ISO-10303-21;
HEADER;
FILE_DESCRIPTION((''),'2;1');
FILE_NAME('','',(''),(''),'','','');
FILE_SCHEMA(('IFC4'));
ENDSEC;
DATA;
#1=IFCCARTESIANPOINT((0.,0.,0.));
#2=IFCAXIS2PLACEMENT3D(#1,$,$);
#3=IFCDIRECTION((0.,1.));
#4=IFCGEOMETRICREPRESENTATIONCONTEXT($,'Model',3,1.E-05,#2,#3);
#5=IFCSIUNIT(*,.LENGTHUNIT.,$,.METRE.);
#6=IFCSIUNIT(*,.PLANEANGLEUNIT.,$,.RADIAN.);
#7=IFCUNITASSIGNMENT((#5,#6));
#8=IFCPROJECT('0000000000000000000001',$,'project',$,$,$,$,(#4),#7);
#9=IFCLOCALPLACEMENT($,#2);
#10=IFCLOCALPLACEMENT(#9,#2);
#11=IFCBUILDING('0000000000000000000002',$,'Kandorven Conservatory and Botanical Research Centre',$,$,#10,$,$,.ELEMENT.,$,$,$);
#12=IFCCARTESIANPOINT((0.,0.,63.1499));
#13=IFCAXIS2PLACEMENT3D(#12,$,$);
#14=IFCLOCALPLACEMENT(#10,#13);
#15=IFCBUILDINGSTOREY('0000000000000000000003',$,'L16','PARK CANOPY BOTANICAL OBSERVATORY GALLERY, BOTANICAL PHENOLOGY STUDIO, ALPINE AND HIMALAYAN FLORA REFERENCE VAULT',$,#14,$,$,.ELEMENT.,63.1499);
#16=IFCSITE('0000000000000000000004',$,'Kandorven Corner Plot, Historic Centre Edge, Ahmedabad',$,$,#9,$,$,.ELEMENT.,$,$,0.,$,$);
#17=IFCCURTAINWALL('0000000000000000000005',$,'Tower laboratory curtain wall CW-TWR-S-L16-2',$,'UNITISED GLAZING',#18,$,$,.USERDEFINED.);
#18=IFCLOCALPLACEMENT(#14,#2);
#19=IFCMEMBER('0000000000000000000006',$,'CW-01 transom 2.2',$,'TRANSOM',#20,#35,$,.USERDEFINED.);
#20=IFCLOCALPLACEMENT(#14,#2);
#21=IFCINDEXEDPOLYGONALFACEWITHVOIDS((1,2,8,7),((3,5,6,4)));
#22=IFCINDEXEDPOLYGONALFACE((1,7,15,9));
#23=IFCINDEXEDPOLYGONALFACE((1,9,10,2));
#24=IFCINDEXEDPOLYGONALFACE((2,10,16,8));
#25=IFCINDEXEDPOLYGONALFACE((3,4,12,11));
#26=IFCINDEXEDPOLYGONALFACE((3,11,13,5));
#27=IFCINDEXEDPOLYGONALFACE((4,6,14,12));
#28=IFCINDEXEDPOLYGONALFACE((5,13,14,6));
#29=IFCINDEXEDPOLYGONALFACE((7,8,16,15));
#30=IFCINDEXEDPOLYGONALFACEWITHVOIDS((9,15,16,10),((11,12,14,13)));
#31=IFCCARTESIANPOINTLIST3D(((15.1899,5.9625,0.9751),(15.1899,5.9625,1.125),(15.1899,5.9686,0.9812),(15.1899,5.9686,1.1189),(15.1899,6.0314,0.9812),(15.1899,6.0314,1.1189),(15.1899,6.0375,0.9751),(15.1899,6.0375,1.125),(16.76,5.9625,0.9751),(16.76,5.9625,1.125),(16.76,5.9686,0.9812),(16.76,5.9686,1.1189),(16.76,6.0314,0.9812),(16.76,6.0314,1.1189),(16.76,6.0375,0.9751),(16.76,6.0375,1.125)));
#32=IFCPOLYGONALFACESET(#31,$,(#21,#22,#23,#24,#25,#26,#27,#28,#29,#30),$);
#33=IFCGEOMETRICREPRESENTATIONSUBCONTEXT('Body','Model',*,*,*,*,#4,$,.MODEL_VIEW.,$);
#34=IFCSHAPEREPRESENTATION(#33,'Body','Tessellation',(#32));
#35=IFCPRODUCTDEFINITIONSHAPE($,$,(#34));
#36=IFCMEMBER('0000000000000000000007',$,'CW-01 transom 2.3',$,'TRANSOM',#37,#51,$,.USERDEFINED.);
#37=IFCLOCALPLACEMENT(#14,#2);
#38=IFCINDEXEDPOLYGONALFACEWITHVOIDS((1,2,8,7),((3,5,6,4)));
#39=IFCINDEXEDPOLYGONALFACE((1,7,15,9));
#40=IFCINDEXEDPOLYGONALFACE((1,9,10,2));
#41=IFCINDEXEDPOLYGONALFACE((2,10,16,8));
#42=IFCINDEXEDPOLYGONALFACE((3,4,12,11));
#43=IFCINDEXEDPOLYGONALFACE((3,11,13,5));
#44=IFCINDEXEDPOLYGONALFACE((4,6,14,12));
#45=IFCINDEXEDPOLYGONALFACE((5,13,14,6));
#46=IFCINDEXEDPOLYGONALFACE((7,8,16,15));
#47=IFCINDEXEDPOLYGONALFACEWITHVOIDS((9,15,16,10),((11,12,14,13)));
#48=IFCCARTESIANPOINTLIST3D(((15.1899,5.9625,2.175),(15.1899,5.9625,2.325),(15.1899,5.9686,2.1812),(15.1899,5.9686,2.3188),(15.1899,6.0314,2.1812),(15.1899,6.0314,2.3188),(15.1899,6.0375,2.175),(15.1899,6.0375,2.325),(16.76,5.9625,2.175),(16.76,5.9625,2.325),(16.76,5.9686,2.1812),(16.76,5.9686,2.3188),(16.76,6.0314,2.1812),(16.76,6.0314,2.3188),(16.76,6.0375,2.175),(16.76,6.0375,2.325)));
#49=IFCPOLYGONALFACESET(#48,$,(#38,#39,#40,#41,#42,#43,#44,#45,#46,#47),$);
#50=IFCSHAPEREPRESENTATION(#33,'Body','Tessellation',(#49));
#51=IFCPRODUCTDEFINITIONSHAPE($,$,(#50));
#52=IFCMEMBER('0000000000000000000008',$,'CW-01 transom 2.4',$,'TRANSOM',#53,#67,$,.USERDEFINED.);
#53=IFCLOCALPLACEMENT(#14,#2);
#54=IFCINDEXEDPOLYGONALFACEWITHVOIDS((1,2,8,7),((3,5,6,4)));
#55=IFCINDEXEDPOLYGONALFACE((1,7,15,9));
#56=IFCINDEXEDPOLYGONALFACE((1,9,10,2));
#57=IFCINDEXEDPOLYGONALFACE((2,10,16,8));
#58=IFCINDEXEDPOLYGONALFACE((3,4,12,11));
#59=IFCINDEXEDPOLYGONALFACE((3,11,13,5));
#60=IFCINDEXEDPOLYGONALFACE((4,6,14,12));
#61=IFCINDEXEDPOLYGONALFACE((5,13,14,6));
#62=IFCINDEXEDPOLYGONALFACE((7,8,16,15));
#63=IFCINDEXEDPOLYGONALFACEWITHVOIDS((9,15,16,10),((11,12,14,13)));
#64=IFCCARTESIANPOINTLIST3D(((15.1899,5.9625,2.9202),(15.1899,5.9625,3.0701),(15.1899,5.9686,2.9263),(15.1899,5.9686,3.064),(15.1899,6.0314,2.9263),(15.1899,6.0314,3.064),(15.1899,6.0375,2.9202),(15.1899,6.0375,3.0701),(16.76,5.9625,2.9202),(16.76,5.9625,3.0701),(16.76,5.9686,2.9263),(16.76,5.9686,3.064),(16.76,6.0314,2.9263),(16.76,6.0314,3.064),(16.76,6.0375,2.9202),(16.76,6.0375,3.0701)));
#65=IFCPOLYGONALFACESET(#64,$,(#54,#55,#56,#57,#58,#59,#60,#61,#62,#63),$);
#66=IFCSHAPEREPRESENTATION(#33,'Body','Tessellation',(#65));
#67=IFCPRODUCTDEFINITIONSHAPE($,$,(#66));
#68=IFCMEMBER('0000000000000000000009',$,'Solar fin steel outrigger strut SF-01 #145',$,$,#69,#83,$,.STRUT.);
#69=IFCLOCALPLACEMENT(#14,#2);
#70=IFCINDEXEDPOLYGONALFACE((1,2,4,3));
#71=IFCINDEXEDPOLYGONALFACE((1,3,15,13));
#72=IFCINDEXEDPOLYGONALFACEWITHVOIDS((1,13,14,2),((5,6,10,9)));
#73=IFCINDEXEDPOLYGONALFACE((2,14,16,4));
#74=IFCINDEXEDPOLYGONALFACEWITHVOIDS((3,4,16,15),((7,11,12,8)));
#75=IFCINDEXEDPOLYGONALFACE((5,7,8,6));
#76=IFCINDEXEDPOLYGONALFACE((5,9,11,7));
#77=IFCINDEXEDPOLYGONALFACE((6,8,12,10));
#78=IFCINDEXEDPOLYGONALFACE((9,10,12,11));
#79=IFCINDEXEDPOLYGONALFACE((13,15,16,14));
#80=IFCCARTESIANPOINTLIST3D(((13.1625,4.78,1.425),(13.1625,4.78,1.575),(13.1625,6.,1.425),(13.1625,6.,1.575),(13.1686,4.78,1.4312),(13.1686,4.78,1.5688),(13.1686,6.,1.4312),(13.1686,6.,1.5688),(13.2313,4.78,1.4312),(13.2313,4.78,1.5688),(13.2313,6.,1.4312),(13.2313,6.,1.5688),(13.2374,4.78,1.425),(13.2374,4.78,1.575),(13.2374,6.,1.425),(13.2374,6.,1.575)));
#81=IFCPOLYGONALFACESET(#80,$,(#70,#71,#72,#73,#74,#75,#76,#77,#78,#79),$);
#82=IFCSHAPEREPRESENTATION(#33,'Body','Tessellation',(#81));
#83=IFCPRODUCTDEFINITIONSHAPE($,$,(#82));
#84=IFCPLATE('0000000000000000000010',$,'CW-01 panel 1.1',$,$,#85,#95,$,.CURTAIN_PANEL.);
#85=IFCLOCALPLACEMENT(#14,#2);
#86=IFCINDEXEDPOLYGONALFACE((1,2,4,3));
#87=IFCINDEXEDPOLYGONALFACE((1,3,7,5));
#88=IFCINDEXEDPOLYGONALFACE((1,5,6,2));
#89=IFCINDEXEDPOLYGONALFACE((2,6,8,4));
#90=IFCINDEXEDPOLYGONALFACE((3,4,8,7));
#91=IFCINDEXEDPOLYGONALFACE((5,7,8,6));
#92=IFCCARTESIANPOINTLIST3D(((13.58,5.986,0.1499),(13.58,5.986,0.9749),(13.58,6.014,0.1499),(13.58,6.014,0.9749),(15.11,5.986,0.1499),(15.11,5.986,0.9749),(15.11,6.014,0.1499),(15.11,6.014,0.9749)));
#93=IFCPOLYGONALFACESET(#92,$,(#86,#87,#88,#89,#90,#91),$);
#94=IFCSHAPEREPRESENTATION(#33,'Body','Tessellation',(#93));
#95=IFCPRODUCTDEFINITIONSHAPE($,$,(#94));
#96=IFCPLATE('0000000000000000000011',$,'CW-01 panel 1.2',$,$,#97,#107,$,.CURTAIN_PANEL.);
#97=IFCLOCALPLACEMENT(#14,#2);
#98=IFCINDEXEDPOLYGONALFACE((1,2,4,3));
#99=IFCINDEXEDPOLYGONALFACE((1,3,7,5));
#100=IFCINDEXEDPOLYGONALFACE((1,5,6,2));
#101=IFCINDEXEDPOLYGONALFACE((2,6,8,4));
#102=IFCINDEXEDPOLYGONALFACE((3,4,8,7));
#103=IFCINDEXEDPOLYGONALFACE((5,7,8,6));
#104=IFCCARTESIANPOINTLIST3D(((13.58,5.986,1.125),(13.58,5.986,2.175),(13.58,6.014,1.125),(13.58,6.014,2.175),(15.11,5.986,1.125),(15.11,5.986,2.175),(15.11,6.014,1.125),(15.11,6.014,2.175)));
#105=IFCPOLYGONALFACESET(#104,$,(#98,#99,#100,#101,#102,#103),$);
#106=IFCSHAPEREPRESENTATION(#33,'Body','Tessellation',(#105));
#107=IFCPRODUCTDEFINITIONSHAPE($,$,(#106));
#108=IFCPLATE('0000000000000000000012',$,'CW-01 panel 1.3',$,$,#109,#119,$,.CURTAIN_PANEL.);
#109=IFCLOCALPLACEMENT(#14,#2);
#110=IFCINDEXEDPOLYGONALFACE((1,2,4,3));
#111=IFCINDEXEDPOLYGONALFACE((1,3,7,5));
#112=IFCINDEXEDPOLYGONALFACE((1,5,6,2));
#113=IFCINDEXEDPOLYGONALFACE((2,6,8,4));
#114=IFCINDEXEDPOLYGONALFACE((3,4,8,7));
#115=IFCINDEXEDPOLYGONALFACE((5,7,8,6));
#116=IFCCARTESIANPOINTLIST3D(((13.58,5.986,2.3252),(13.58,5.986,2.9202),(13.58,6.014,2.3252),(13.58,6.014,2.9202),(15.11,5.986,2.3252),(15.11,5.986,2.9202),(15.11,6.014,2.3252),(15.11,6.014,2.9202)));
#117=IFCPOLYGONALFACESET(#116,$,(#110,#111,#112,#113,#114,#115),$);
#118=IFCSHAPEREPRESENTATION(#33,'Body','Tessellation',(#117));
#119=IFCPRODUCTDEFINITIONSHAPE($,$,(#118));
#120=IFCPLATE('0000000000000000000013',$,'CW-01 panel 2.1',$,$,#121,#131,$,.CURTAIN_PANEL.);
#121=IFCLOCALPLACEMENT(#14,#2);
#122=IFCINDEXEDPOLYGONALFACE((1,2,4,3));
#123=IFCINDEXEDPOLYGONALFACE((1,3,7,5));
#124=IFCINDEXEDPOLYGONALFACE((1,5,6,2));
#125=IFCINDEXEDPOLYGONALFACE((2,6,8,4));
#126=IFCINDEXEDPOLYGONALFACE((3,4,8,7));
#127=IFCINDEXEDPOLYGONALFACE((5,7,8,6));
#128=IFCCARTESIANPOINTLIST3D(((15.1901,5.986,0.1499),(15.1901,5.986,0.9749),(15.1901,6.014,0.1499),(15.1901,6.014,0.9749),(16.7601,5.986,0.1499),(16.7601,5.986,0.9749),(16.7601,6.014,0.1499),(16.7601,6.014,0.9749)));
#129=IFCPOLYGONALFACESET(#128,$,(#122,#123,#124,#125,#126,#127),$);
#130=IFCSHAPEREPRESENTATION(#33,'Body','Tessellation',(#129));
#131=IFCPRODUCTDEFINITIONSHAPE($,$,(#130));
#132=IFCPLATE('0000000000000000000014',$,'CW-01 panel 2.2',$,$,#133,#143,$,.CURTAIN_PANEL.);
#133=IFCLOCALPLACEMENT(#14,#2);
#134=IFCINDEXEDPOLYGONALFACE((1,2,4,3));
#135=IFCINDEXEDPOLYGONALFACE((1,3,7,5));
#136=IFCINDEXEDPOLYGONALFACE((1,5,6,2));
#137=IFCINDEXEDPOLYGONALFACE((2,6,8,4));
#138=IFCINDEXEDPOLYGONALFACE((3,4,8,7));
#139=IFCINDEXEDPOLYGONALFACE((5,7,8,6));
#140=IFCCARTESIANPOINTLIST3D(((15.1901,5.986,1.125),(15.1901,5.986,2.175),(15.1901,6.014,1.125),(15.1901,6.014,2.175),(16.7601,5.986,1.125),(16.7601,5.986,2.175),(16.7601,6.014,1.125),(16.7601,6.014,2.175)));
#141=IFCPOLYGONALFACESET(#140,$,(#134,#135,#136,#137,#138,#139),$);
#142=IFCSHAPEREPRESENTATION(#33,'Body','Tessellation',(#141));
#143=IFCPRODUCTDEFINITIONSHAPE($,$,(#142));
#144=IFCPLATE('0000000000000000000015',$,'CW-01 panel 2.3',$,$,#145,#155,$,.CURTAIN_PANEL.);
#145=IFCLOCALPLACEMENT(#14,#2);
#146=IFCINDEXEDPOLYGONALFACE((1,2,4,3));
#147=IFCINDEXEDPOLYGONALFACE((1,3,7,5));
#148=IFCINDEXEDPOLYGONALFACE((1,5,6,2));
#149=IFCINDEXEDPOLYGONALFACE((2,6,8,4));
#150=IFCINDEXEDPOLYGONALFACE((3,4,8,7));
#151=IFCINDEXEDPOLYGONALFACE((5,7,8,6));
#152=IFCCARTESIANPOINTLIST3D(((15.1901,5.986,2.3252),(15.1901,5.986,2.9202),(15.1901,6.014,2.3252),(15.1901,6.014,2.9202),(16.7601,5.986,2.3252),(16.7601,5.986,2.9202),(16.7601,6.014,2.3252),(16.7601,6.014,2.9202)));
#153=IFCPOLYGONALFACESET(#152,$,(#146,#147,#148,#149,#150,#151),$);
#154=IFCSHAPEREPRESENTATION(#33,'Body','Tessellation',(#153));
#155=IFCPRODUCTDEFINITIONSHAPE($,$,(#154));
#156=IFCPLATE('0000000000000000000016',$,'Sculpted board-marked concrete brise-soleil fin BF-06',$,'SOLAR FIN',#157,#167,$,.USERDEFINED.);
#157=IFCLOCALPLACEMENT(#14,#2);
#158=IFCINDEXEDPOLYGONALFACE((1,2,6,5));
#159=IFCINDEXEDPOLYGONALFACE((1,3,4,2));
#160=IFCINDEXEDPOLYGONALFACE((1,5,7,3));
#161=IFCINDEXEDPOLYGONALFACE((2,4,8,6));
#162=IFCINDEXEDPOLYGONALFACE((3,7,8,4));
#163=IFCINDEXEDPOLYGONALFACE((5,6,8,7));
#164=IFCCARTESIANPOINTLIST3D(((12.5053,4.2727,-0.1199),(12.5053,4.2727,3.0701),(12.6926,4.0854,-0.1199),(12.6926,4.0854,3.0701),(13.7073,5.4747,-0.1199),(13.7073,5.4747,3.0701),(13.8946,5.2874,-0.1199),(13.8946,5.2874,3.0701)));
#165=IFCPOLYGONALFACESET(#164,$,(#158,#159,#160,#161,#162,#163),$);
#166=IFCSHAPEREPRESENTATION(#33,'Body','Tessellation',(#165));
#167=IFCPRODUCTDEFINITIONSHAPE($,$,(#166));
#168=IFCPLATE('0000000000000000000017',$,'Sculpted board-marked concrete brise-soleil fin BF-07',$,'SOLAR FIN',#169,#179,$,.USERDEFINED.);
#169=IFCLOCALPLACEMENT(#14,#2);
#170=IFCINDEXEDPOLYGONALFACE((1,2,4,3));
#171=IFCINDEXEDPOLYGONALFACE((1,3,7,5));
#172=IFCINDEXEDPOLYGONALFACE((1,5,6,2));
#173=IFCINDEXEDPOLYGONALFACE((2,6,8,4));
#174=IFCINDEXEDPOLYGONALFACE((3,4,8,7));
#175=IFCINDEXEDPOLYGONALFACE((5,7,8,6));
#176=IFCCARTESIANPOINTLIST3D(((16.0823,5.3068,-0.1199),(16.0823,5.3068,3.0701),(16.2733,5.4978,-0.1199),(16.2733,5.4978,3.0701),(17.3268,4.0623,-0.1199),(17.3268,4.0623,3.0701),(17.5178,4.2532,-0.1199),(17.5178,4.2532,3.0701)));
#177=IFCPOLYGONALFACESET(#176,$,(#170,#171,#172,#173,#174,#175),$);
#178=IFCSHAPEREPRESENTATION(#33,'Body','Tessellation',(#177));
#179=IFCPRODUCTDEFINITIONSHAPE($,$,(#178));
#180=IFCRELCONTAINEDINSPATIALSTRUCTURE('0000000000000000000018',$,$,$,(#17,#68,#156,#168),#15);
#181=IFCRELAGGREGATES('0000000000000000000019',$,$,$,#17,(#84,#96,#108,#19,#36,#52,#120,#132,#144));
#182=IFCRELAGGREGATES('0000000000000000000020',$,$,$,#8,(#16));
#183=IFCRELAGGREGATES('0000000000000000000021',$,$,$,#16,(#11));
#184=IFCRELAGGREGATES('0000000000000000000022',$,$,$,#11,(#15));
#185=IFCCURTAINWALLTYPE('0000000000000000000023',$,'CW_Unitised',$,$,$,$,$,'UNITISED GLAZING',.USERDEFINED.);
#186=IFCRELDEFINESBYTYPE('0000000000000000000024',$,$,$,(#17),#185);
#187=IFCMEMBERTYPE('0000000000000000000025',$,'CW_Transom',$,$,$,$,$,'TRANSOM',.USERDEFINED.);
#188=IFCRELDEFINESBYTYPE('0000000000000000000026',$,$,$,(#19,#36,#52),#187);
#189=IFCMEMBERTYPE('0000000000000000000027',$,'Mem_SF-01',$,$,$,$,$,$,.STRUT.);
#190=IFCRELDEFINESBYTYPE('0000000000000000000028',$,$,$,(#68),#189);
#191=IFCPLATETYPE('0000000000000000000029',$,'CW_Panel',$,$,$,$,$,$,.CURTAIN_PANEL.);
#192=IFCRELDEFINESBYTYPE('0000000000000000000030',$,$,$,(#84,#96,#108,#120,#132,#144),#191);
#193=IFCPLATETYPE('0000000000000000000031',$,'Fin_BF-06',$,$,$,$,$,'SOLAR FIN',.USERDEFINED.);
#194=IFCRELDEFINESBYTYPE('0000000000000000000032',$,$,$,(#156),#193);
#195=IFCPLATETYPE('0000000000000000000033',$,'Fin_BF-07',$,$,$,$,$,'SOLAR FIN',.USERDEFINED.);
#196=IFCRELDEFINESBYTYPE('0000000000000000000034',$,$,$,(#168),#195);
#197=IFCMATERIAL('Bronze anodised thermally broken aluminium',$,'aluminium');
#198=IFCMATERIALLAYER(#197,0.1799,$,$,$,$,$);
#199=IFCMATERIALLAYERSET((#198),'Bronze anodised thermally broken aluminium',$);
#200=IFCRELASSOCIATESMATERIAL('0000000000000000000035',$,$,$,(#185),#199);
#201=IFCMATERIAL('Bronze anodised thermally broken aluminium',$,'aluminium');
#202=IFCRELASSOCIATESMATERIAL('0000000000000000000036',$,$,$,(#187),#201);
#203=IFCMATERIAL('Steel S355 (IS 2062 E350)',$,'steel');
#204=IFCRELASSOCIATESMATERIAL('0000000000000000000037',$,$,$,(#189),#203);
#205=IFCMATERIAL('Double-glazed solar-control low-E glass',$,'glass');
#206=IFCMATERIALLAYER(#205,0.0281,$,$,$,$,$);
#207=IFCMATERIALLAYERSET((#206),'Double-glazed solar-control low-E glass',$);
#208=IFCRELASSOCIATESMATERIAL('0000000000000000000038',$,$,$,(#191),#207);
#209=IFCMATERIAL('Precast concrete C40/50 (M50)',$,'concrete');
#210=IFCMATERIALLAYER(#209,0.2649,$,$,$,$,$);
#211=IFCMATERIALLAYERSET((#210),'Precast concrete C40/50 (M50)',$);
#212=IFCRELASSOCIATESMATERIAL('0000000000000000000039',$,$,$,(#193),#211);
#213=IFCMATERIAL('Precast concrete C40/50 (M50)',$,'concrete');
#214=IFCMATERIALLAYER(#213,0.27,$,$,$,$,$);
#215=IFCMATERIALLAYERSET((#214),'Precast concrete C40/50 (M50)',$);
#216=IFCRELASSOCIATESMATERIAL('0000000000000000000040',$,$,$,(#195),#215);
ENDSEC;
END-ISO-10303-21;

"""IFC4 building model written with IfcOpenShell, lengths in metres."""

from ifc_helpers import new_model, si_unit, direction, frame, origin, origin_2d, place, context, subcontext, project, spatial, rectangle, hollow_rectangle, extrude, material, layer, layer_set, material_profile, profile_set, type_object, element, aggregate, save


model = new_model("IFC4")

# Units and contexts
model_context = context("Model", 3, precision=1e-05, world=origin(), true_north=direction((0.0, 1.0)))
body_context = subcontext(model_context, "Body", "Model", "MODEL_VIEW")
ifc_project = project(units=[si_unit("LENGTHUNIT", "METRE"), si_unit("PLANEANGLEUNIT", "RADIAN")], contexts=[model_context])

# Site, building, storey
site_placement = place(None, origin())
site = spatial("IfcSite", under=ifc_project, at=site_placement, Name="Kandorven Corner Plot, Historic Centre Edge, Ahmedabad", CompositionType="ELEMENT", RefElevation=0.0)
building_placement = place(site_placement, origin())
building = spatial("IfcBuilding", under=site, at=building_placement, Name="Kandorven Conservatory and Botanical Research Centre", CompositionType="ELEMENT")
storey_placement = place(building_placement, frame((0.0, 0.0, 63.1499)))
storey = spatial("IfcBuildingStorey", under=building, at=storey_placement, Name="L16", Description="PARK CANOPY BOTANICAL OBSERVATORY GALLERY, BOTANICAL PHENOLOGY STUDIO, ALPINE AND HIMALAYAN FLORA REFERENCE VAULT", CompositionType="ELEMENT", Elevation=63.1499)

# Curtain wall, members
ifc_material_1 = material(Name="Bronze anodised thermally broken aluminium", Category="aluminium")
ifc_layer_1 = layer(ifc_material_1, 0.1799)
ifc_layer_set_1 = layer_set([ifc_layer_1], Name="Bronze anodised thermally broken aluminium")
curtain_wall_type = type_object("IfcCurtainWallType", Name="CW_Unitised", ElementType="UNITISED GLAZING", PredefinedType="USERDEFINED", material=ifc_layer_set_1)
curtain_wall_placement = place(storey_placement, origin())
curtain_wall = element("IfcCurtainWall", 1, at=curtain_wall_placement, inside=storey, type_object=curtain_wall_type, Name="Tower laboratory curtain wall CW-TWR-S-L16-2", ObjectType="UNITISED GLAZING", PredefinedType="USERDEFINED")
ifc_material_2 = material(Name="Bronze anodised thermally broken aluminium", Category="aluminium")
ifc_material_profile_1 = material_profile(ifc_material_2, hollow_rectangle(XDim=0.075, YDim=0.1499, WallThickness=0.0061, at=origin_2d()))
ifc_profile_set_1 = profile_set([ifc_material_profile_1], Name="Bronze anodised thermally broken aluminium")
member_type_1 = type_object("IfcMemberType", Name="CW_Transom", ElementType="TRANSOM", PredefinedType="USERDEFINED", material=ifc_profile_set_1)
member_1_placement = place(storey_placement, frame((15.1899, 6.0, 1.05), z_axis=(1.0, 0.0, 0.0), x_axis=(0.0, 1.0, 0.0)))
member_1 = element("IfcMember", 2, at=member_1_placement, type_object=member_type_1, Name="CW-01 transom 2.2", ObjectType="TRANSOM", PredefinedType="USERDEFINED", context=body_context, shape_type="SweptSolid", body=[
    extrude(hollow_rectangle(XDim=0.075, YDim=0.1499, WallThickness=0.0061, at=origin_2d()), origin(), (0.0, 0.0, 1.0), 1.5701),
])
member_2_placement = place(storey_placement, frame((15.1899, 6.0, 2.25), z_axis=(1.0, 0.0, 0.0), x_axis=(0.0, 1.0, 0.0)))
member_2 = element("IfcMember", 3, at=member_2_placement, type_object=member_type_1, Name="CW-01 transom 2.3", ObjectType="TRANSOM", PredefinedType="USERDEFINED", context=body_context, shape_type="SweptSolid", body=[
    extrude(hollow_rectangle(XDim=0.075, YDim=0.1499, WallThickness=0.0061, at=origin_2d()), origin(), (0.0, 0.0, 1.0), 1.5701),
])
member_3_placement = place(storey_placement, frame((15.1899, 6.0, 2.9951), z_axis=(1.0, 0.0, 0.0), x_axis=(0.0, 1.0, 0.0)))
member_3 = element("IfcMember", 4, at=member_3_placement, type_object=member_type_1, Name="CW-01 transom 2.4", ObjectType="TRANSOM", PredefinedType="USERDEFINED", context=body_context, shape_type="SweptSolid", body=[
    extrude(hollow_rectangle(XDim=0.075, YDim=0.1499, WallThickness=0.0061, at=origin_2d()), origin(), (0.0, 0.0, 1.0), 1.5701),
])

# Member
ifc_material_3 = material(Name="Steel S355 (IS 2062 E350)", Category="steel")
ifc_material_profile_2 = material_profile(ifc_material_3, hollow_rectangle(XDim=0.075, YDim=0.1499, WallThickness=0.0061, at=origin_2d()))
ifc_profile_set_2 = profile_set([ifc_material_profile_2], Name="Steel S355 (IS 2062 E350)")
member_type_2 = type_object("IfcMemberType", Name="Mem_SF-01", PredefinedType="STRUT", material=ifc_profile_set_2)
member_4_placement = place(storey_placement, frame((13.2, 6.0, 1.5), z_axis=(0.0, -1.0, 0.0), x_axis=(1.0, 0.0, 0.0)))
element("IfcMember", 5, at=member_4_placement, inside=storey, type_object=member_type_2, Name="Solar fin steel outrigger strut SF-01 #145", PredefinedType="STRUT", context=body_context, shape_type="SweptSolid", body=[
    extrude(hollow_rectangle(XDim=0.075, YDim=0.1499, WallThickness=0.0061, at=origin_2d()), origin(), (0.0, 0.0, 1.0), 1.22),
])

# Plates
ifc_material_4 = material(Name="Double-glazed solar-control low-E glass", Category="glass")
ifc_layer_2 = layer(ifc_material_4, 0.0281)
ifc_layer_set_2 = layer_set([ifc_layer_2], Name="Double-glazed solar-control low-E glass")
plate_type_1 = type_object("IfcPlateType", Name="CW_Panel", PredefinedType="CURTAIN_PANEL", material=ifc_layer_set_2)
plate_1_placement = place(storey_placement, frame((14.345, 6.0, 0.1499), z_axis=(0.0, 0.0, 1.0), x_axis=(1.0, 0.0, 0.0)))
plate_1 = element("IfcPlate", 6, at=plate_1_placement, type_object=plate_type_1, Name="CW-01 panel 1.1", PredefinedType="CURTAIN_PANEL", context=body_context, shape_type="SweptSolid", body=[
    extrude(rectangle(XDim=1.53, YDim=0.0281, at=origin_2d()), origin(), (0.0, 0.0, 1.0), 0.825),
])
plate_2_placement = place(storey_placement, frame((14.345, 6.0, 1.125), z_axis=(0.0, 0.0, 1.0), x_axis=(1.0, 0.0, 0.0)))
plate_2 = element("IfcPlate", 7, at=plate_2_placement, type_object=plate_type_1, Name="CW-01 panel 1.2", PredefinedType="CURTAIN_PANEL", context=body_context, shape_type="SweptSolid", body=[
    extrude(rectangle(XDim=1.53, YDim=0.0281, at=origin_2d()), origin(), (0.0, 0.0, 1.0), 1.05),
])
plate_3_placement = place(storey_placement, frame((14.345, 6.0, 2.3252), z_axis=(0.0, 0.0, 1.0), x_axis=(1.0, 0.0, 0.0)))
plate_3 = element("IfcPlate", 8, at=plate_3_placement, type_object=plate_type_1, Name="CW-01 panel 1.3", PredefinedType="CURTAIN_PANEL", context=body_context, shape_type="SweptSolid", body=[
    extrude(rectangle(XDim=1.53, YDim=0.0281, at=origin_2d()), origin(), (0.0, 0.0, 1.0), 0.595),
])
plate_4_placement = place(storey_placement, frame((15.9751, 6.0, 0.1499), z_axis=(0.0, 0.0, 1.0), x_axis=(1.0, 0.0, 0.0)))
plate_4 = element("IfcPlate", 9, at=plate_4_placement, type_object=plate_type_1, Name="CW-01 panel 2.1", PredefinedType="CURTAIN_PANEL", context=body_context, shape_type="SweptSolid", body=[
    extrude(rectangle(XDim=1.5701, YDim=0.0281, at=origin_2d()), origin(), (0.0, 0.0, 1.0), 0.825),
])
plate_5_placement = place(storey_placement, frame((15.9751, 6.0, 1.125), z_axis=(0.0, 0.0, 1.0), x_axis=(1.0, 0.0, 0.0)))
plate_5 = element("IfcPlate", 10, at=plate_5_placement, type_object=plate_type_1, Name="CW-01 panel 2.2", PredefinedType="CURTAIN_PANEL", context=body_context, shape_type="SweptSolid", body=[
    extrude(rectangle(XDim=1.5701, YDim=0.0281, at=origin_2d()), origin(), (0.0, 0.0, 1.0), 1.05),
])
plate_6_placement = place(storey_placement, frame((15.9751, 6.0, 2.3252), z_axis=(0.0, 0.0, 1.0), x_axis=(1.0, 0.0, 0.0)))
plate_6 = element("IfcPlate", 11, at=plate_6_placement, type_object=plate_type_1, Name="CW-01 panel 2.3", PredefinedType="CURTAIN_PANEL", context=body_context, shape_type="SweptSolid", body=[
    extrude(rectangle(XDim=1.5701, YDim=0.0281, at=origin_2d()), origin(), (0.0, 0.0, 1.0), 0.595),
])
aggregate(curtain_wall, [plate_1, plate_2, plate_3, member_1, member_2, member_3, plate_4, plate_5, plate_6])

# Plates
ifc_material_5 = material(Name="Precast concrete C40/50 (M50)", Category="concrete")
ifc_layer_3 = layer(ifc_material_5, 0.2649)
ifc_layer_set_3 = layer_set([ifc_layer_3], Name="Precast concrete C40/50 (M50)")
plate_type_2 = type_object("IfcPlateType", Name="Fin_BF-06", ElementType="SOLAR FIN", PredefinedType="USERDEFINED", material=ifc_layer_set_3)
plate_7_placement = place(storey_placement, frame((13.2, 4.78, -0.1199), z_axis=(0.0, 0.0, 1.0), x_axis=(0.707107, 0.707107, 0.0)))
element("IfcPlate", 12, at=plate_7_placement, inside=storey, type_object=plate_type_2, Name="Sculpted board-marked concrete brise-soleil fin BF-06", ObjectType="SOLAR FIN", PredefinedType="USERDEFINED", context=body_context, shape_type="SweptSolid", body=[
    extrude(rectangle(XDim=1.7, YDim=0.2649, at=origin_2d()), origin(), (0.0, 0.0, 1.0), 3.1899),
])
ifc_material_6 = material(Name="Precast concrete C40/50 (M50)", Category="concrete")
ifc_layer_4 = layer(ifc_material_6, 0.27)
ifc_layer_set_4 = layer_set([ifc_layer_4], Name="Precast concrete C40/50 (M50)")
plate_type_3 = type_object("IfcPlateType", Name="Fin_BF-07", ElementType="SOLAR FIN", PredefinedType="USERDEFINED", material=ifc_layer_set_4)
plate_8_placement = place(storey_placement, frame((16.8, 4.78, -0.1199), z_axis=(0.0, 0.0, 1.0), x_axis=(-0.707107, 0.707107, 0.0)))
element("IfcPlate", 13, at=plate_8_placement, inside=storey, type_object=plate_type_3, Name="Sculpted board-marked concrete brise-soleil fin BF-07", ObjectType="SOLAR FIN", PredefinedType="USERDEFINED", context=body_context, shape_type="SweptSolid", body=[
    extrude(rectangle(XDim=1.76, YDim=0.27, at=origin_2d()), origin(), (0.0, 0.0, 1.0), 3.1899),
])

save(model, "model.ifc")
